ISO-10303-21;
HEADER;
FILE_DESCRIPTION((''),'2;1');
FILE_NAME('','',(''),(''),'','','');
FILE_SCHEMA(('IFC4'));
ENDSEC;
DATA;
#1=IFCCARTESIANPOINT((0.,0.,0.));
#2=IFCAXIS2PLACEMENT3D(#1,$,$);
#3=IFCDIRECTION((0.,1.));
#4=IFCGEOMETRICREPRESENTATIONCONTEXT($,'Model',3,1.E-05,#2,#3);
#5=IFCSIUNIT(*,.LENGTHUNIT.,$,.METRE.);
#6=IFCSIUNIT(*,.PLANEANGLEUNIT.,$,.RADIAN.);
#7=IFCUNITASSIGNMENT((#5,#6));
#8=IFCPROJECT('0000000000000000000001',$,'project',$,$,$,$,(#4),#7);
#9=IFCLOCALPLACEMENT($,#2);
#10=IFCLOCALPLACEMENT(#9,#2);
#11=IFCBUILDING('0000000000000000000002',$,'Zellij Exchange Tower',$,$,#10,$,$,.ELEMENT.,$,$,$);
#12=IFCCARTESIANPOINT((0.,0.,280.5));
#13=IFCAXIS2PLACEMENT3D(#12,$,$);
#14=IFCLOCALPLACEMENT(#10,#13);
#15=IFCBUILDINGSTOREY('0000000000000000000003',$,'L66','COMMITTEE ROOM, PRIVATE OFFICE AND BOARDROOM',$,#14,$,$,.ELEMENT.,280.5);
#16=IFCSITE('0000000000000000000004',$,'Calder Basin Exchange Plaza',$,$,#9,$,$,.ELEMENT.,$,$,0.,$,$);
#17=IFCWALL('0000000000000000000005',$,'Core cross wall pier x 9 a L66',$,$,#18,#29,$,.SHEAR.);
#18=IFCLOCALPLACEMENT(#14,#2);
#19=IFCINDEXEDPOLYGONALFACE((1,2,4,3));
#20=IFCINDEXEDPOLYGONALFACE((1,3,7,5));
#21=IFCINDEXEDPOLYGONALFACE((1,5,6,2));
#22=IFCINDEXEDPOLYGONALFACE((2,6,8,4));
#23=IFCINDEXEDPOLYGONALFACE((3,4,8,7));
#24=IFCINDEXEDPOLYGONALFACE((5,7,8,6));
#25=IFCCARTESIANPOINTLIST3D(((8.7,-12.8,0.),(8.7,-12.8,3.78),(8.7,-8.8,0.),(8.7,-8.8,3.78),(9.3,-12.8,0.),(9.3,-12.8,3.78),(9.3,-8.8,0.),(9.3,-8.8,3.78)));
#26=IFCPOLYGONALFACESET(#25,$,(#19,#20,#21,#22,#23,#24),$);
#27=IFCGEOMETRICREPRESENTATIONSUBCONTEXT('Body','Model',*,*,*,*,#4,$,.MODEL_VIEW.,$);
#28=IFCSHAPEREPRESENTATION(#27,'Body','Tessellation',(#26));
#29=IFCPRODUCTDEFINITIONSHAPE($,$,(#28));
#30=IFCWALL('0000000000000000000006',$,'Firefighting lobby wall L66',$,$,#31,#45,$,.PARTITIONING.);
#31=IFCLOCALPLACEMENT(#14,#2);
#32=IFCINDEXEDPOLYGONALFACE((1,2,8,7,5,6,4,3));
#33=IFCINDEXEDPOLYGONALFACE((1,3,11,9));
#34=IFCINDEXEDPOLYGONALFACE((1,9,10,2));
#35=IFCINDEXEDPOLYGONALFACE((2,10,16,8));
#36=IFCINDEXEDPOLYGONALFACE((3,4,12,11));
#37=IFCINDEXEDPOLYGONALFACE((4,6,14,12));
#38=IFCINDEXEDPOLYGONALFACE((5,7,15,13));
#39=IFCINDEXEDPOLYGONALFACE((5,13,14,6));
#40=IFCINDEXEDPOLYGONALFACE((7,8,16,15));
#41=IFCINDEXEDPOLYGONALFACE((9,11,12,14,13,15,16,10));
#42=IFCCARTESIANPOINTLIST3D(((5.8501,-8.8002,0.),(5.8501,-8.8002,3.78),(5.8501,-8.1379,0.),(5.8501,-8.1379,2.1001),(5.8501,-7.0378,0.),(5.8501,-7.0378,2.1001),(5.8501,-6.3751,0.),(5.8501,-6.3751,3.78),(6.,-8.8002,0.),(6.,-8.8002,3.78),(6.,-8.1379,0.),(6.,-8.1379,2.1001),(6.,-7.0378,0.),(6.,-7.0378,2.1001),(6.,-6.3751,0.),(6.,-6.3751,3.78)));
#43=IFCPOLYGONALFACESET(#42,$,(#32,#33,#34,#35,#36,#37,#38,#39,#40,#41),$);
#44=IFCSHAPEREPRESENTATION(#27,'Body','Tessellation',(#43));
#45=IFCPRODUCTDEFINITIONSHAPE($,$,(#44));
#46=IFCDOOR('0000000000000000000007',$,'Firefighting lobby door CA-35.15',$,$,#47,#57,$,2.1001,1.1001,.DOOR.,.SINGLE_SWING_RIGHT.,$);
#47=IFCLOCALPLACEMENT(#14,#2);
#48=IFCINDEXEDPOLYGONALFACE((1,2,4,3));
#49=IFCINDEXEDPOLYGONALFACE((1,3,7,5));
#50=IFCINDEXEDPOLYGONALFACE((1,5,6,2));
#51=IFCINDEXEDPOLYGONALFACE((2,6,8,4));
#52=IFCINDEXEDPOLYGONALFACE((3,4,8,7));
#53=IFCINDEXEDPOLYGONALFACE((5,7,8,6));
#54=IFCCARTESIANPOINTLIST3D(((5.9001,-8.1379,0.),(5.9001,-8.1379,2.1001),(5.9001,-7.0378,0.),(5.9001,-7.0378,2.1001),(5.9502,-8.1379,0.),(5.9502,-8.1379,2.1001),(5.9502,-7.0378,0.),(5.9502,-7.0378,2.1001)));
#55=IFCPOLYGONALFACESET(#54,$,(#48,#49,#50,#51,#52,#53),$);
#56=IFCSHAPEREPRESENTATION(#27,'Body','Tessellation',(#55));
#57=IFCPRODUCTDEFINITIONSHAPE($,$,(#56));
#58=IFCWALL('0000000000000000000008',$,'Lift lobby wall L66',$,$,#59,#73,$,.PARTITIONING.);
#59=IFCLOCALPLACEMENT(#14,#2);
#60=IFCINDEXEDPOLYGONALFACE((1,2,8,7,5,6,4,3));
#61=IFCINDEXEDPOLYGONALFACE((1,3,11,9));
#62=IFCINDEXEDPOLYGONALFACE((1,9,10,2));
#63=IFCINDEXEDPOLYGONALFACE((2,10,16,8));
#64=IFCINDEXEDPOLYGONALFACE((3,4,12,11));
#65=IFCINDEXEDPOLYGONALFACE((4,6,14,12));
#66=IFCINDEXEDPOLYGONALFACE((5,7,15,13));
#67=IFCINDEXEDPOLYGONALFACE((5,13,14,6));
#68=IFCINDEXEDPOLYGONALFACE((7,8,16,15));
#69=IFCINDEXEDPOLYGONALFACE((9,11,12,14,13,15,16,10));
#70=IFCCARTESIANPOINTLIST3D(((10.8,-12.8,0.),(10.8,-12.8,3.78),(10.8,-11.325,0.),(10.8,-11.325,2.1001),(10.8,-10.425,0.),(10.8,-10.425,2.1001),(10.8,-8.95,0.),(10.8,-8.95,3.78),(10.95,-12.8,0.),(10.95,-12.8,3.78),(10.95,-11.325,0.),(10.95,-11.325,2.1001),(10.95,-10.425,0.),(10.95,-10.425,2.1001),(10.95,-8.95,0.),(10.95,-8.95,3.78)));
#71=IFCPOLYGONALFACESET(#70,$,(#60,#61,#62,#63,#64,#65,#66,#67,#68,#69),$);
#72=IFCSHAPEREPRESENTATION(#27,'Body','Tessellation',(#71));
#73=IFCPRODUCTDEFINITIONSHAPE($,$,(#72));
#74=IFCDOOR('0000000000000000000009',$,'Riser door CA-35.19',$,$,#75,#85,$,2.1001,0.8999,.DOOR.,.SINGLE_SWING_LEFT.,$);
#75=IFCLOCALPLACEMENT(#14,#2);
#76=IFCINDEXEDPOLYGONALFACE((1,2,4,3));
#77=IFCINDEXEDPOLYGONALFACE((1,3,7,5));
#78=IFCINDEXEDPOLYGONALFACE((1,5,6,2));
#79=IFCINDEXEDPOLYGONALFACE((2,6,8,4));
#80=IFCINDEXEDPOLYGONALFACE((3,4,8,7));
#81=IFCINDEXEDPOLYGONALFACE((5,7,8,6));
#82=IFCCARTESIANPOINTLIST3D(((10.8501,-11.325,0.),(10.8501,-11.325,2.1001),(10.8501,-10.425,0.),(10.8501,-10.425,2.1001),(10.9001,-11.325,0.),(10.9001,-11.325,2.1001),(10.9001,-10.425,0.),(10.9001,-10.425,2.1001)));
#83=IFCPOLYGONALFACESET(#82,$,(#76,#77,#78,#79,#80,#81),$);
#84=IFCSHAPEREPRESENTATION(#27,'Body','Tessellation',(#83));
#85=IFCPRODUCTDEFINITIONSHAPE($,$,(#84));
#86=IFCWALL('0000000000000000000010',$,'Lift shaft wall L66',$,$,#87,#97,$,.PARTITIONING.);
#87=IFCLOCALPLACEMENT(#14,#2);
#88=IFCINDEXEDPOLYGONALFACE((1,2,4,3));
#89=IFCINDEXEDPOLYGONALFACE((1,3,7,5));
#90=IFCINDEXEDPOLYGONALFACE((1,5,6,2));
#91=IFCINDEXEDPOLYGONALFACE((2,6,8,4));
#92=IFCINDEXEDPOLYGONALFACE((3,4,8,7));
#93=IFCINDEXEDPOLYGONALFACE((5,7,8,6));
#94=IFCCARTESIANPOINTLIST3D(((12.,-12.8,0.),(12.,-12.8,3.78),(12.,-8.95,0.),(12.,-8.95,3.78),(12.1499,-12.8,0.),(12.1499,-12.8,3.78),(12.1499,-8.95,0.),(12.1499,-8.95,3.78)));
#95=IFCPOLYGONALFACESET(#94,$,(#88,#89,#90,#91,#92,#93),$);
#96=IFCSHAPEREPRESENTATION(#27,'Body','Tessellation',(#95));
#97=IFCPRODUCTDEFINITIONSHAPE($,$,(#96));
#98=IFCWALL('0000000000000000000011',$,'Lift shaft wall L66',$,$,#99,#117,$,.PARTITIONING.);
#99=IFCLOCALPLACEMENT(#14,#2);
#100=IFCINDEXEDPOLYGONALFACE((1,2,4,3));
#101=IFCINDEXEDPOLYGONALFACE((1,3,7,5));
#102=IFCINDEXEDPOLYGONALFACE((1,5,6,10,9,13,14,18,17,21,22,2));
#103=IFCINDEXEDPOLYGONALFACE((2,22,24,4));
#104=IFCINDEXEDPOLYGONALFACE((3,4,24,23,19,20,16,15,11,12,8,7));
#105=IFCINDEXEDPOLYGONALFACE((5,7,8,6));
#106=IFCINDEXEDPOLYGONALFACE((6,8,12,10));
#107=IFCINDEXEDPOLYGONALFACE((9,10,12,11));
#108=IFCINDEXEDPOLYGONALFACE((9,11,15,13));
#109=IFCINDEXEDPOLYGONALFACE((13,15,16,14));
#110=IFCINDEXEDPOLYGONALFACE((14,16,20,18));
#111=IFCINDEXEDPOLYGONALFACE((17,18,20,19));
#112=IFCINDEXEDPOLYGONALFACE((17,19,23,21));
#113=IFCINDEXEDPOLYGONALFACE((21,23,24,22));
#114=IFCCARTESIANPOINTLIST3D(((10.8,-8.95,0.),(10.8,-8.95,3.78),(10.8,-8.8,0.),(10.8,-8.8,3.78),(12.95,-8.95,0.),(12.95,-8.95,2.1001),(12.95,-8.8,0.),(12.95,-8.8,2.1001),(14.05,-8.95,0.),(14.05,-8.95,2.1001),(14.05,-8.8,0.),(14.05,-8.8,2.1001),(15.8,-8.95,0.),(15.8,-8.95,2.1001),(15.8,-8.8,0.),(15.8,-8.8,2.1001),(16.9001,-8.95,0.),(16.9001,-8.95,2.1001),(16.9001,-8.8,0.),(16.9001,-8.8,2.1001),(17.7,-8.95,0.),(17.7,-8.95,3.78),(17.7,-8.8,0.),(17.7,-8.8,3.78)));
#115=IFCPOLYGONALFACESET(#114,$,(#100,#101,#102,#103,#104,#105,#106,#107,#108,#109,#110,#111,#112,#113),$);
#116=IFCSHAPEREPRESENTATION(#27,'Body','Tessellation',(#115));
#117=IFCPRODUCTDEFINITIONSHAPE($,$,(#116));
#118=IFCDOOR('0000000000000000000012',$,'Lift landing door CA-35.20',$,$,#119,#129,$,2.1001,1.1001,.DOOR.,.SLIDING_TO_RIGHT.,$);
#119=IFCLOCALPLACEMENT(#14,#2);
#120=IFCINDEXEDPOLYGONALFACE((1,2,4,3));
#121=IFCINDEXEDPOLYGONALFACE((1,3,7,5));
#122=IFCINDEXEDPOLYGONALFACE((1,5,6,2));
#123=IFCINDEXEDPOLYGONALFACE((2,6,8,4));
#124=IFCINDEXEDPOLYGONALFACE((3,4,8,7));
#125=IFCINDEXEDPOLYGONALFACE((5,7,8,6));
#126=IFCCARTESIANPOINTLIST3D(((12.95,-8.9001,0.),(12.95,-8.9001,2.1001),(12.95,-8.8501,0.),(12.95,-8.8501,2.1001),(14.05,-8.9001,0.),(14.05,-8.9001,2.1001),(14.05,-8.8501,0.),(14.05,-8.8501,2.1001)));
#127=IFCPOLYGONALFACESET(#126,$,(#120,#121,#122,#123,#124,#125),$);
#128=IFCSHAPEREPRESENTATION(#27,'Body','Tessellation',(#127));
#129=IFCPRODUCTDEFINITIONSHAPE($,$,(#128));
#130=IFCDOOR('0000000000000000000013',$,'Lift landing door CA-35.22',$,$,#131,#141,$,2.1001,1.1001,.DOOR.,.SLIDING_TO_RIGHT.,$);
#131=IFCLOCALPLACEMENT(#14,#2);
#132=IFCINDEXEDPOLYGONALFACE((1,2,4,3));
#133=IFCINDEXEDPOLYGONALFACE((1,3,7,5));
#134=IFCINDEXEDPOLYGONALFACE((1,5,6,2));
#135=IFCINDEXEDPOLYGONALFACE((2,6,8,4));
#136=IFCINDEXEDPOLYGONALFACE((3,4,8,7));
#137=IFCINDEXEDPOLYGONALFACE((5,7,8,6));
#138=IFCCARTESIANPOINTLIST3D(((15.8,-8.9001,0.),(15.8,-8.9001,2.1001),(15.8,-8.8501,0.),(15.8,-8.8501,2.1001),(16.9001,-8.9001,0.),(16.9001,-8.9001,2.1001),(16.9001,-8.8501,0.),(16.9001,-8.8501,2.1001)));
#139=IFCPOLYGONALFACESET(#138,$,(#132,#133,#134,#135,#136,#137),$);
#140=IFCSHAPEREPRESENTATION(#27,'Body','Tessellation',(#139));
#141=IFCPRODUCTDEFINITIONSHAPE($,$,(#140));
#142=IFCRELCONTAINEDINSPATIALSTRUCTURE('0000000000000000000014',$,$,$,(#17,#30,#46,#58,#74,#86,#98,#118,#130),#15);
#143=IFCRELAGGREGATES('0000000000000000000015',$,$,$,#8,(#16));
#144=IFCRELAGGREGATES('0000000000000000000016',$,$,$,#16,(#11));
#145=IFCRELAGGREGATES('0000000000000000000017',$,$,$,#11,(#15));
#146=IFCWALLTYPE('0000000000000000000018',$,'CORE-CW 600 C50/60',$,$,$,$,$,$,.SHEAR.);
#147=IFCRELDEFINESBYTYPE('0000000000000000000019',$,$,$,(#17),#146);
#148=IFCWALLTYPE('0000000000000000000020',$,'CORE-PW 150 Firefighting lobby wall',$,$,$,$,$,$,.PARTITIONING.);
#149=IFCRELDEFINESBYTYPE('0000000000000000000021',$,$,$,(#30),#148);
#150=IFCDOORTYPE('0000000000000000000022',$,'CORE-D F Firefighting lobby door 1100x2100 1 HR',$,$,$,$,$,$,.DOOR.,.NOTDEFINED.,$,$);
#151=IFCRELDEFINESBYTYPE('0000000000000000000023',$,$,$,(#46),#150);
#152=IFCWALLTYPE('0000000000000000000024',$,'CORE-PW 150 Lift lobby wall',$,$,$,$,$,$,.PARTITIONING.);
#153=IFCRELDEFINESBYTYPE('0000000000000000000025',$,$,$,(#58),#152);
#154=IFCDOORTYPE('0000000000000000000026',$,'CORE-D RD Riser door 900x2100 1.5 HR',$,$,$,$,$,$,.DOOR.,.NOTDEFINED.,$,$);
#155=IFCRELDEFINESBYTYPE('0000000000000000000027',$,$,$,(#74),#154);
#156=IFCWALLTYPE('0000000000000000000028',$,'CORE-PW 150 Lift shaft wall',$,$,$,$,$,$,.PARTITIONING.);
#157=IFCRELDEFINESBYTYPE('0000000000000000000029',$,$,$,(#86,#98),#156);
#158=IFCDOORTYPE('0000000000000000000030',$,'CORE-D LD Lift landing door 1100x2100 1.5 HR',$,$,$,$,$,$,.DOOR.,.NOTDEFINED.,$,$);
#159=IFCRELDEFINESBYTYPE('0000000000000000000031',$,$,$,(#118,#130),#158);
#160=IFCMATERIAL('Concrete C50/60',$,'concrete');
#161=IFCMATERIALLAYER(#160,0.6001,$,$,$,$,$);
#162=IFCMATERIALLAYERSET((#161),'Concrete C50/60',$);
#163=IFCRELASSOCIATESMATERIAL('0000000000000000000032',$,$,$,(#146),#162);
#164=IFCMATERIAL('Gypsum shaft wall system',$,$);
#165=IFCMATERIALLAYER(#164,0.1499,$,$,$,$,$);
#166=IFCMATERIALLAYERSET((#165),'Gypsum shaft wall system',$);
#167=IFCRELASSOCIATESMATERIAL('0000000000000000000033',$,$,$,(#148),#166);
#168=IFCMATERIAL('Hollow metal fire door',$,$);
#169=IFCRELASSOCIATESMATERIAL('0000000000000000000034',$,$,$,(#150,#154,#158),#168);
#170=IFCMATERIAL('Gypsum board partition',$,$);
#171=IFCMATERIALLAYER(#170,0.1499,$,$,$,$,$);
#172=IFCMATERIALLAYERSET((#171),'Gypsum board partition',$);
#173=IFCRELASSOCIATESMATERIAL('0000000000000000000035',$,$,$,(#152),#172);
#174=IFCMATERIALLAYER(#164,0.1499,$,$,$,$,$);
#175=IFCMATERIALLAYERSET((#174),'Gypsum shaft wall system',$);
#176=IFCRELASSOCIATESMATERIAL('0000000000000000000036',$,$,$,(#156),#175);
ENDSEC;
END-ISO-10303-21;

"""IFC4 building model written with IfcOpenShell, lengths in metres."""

from ifc_helpers import new_model, si_unit, direction, frame, frame_2d, origin, place, context, subcontext, project, spatial, rectangle, extrude, material, layer, layer_set, type_object, element, fill, save


model = new_model("IFC4")

# Units and contexts
model_context = context("Model", 3, precision=1e-05, world=origin(), true_north=direction((0.0, 1.0)))
body_context = subcontext(model_context, "Body", "Model", "MODEL_VIEW")
ifc_project = project(units=[si_unit("LENGTHUNIT", "METRE"), si_unit("PLANEANGLEUNIT", "RADIAN")], contexts=[model_context])

# Site, building, storey
site_placement = place(None, origin())
site = spatial("IfcSite", under=ifc_project, at=site_placement, Name="Calder Basin Exchange Plaza", CompositionType="ELEMENT", RefElevation=0.0)
building_placement = place(site_placement, origin())
building = spatial("IfcBuilding", under=site, at=building_placement, Name="Zellij Exchange Tower", CompositionType="ELEMENT")
storey_placement = place(building_placement, frame((0.0, 0.0, 280.5)))
storey = spatial("IfcBuildingStorey", under=building, at=storey_placement, Name="L66", Description="COMMITTEE ROOM, PRIVATE OFFICE AND BOARDROOM", CompositionType="ELEMENT", Elevation=280.5)

# Wall
ifc_material_1 = material(Name="Concrete C50/60", Category="concrete")
ifc_layer_1 = layer(ifc_material_1, 0.6001)
ifc_layer_set_1 = layer_set([ifc_layer_1], Name="Concrete C50/60")
wall_type_1 = type_object("IfcWallType", Name="CORE-CW 600 C50/60", PredefinedType="SHEAR", material=ifc_layer_set_1)
wall_1_placement = place(storey_placement, frame((9.0, -12.8, 0.0), z_axis=(0.0, 0.0, 1.0), x_axis=(0.0, 1.0, 0.0)))
element("IfcWall", 1, at=wall_1_placement, inside=storey, type_object=wall_type_1, Name="Core cross wall pier x 9 a L66", PredefinedType="SHEAR", context=body_context, shape_type="SweptSolid", body=[
    extrude(rectangle(XDim=4.0, YDim=0.6001, at=frame_2d((2.0, 0.0))), origin(), (0.0, 0.0, 1.0), 3.78),
])

# Walls, openings, doors
ifc_material_2 = material(Name="Gypsum shaft wall system")
ifc_layer_2 = layer(ifc_material_2, 0.1499)
ifc_layer_set_2 = layer_set([ifc_layer_2], Name="Gypsum shaft wall system")
wall_type_2 = type_object("IfcWallType", Name="CORE-PW 150 Firefighting lobby wall", PredefinedType="PARTITIONING", material=ifc_layer_set_2)
wall_2_placement = place(storey_placement, frame((5.925, -8.8, 0.0), z_axis=(0.0, 0.0, 1.0), x_axis=(0.0, 1.0, 0.0)))
wall_2 = element("IfcWall", 2, at=wall_2_placement, inside=storey, type_object=wall_type_2, Name="Firefighting lobby wall L66", PredefinedType="PARTITIONING", context=body_context, shape_type="SweptSolid", body=[
    extrude(rectangle(XDim=2.425, YDim=0.1499, at=frame_2d((1.2124, 0.0))), origin(), (0.0, 0.0, 1.0), 3.78),
])
opening_1_placement = place(wall_2_placement, frame((0.6621, 0.0, 0.0)))
opening_1 = element("IfcOpeningElement", 3, at=opening_1_placement, cuts=wall_2, PredefinedType="OPENING", context=body_context, shape_type="SweptSolid", body=[
    extrude(rectangle(XDim=1.1001, YDim=2.1001, at=frame_2d((0.55, 1.05))), frame((0.0, 0.0869, 0.0), z_axis=(0.0, -1.0, 0.0), x_axis=(1.0, 0.0, 0.0)), (0.0, 0.0, 1.0), 0.1738),
])
ifc_material_3 = material(Name="Hollow metal fire door")
door_type_1 = type_object("IfcDoorType", Name="CORE-D F Firefighting lobby door 1100x2100 1 HR", OperationType="NOTDEFINED", PredefinedType="DOOR", material=ifc_material_3)
door_1_placement = place(opening_1_placement, origin())
door_1 = element("IfcDoor", 4, at=door_1_placement, inside=storey, type_object=door_type_1, Name="Firefighting lobby door CA-35.15", OperationType="SINGLE_SWING_RIGHT", OverallHeight=2.1001, OverallWidth=1.1001, PredefinedType="DOOR", context=body_context, shape_type="SweptSolid", body=[
    extrude(rectangle(XDim=1.1001, YDim=2.1001, at=frame_2d((0.55, 1.05))), frame((0.0, 0.0249, 0.0), z_axis=(0.0, -1.0, 0.0), x_axis=(1.0, 0.0, 0.0)), (0.0, 0.0, 1.0), 0.05),
])
fill(opening_1, door_1)
ifc_material_4 = material(Name="Gypsum board partition")
ifc_layer_3 = layer(ifc_material_4, 0.1499)
ifc_layer_set_3 = layer_set([ifc_layer_3], Name="Gypsum board partition")
wall_type_3 = type_object("IfcWallType", Name="CORE-PW 150 Lift lobby wall", PredefinedType="PARTITIONING", material=ifc_layer_set_3)
wall_3_placement = place(storey_placement, frame((10.875, -12.8, 0.0), z_axis=(0.0, 0.0, 1.0), x_axis=(0.0, 1.0, 0.0)))
wall_3 = element("IfcWall", 5, at=wall_3_placement, inside=storey, type_object=wall_type_3, Name="Lift lobby wall L66", PredefinedType="PARTITIONING", context=body_context, shape_type="SweptSolid", body=[
    extrude(rectangle(XDim=3.8501, YDim=0.1499, at=frame_2d((1.925, 0.0))), origin(), (0.0, 0.0, 1.0), 3.78),
])
opening_2_placement = place(wall_3_placement, frame((1.4751, 0.0, 0.0)))
opening_2 = element("IfcOpeningElement", 6, at=opening_2_placement, cuts=wall_3, PredefinedType="OPENING", context=body_context, shape_type="SweptSolid", body=[
    extrude(rectangle(XDim=0.8999, YDim=2.1001, at=frame_2d((0.45, 1.05))), frame((0.0, 0.0869, 0.0), z_axis=(0.0, -1.0, 0.0), x_axis=(1.0, 0.0, 0.0)), (0.0, 0.0, 1.0), 0.1738),
])
door_type_2 = type_object("IfcDoorType", Name="CORE-D RD Riser door 900x2100 1.5 HR", OperationType="NOTDEFINED", PredefinedType="DOOR", material=ifc_material_3)
door_2_placement = place(opening_2_placement, origin())
door_2 = element("IfcDoor", 7, at=door_2_placement, inside=storey, type_object=door_type_2, Name="Riser door CA-35.19", OperationType="SINGLE_SWING_LEFT", OverallHeight=2.1001, OverallWidth=0.8999, PredefinedType="DOOR", context=body_context, shape_type="SweptSolid", body=[
    extrude(rectangle(XDim=0.8999, YDim=2.1001, at=frame_2d((0.45, 1.05))), frame((0.0, 0.0249, 0.0), z_axis=(0.0, -1.0, 0.0), x_axis=(1.0, 0.0, 0.0)), (0.0, 0.0, 1.0), 0.05),
])
fill(opening_2, door_2)

# Wall
ifc_layer_4 = layer(ifc_material_2, 0.1499)
ifc_layer_set_4 = layer_set([ifc_layer_4], Name="Gypsum shaft wall system")
wall_type_4 = type_object("IfcWallType", Name="CORE-PW 150 Lift shaft wall", PredefinedType="PARTITIONING", material=ifc_layer_set_4)
wall_4_placement = place(storey_placement, frame((12.075, -12.8, 0.0), z_axis=(0.0, 0.0, 1.0), x_axis=(0.0, 1.0, 0.0)))
element("IfcWall", 8, at=wall_4_placement, inside=storey, type_object=wall_type_4, Name="Lift shaft wall L66", PredefinedType="PARTITIONING", context=body_context, shape_type="SweptSolid", body=[
    extrude(rectangle(XDim=3.8501, YDim=0.1499, at=frame_2d((1.925, 0.0))), origin(), (0.0, 0.0, 1.0), 3.78),
])

# Wall, openings, doors
wall_5_placement = place(storey_placement, frame((10.8, -8.875, 0.0), z_axis=(0.0, 0.0, 1.0), x_axis=(1.0, 0.0, 0.0)))
wall_5 = element("IfcWall", 9, at=wall_5_placement, inside=storey, type_object=wall_type_4, Name="Lift shaft wall L66", PredefinedType="PARTITIONING", context=body_context, shape_type="SweptSolid", body=[
    extrude(rectangle(XDim=6.8999, YDim=0.1499, at=frame_2d((3.45, 0.0))), origin(), (0.0, 0.0, 1.0), 3.78),
])
opening_3_placement = place(wall_5_placement, frame((2.1499, 0.0, 0.0)))
opening_3 = element("IfcOpeningElement", 10, at=opening_3_placement, cuts=wall_5, PredefinedType="OPENING", context=body_context, shape_type="SweptSolid", body=[
    extrude(rectangle(XDim=1.1001, YDim=2.1001, at=frame_2d((0.55, 1.05))), frame((0.0, 0.0869, 0.0), z_axis=(0.0, -1.0, 0.0), x_axis=(1.0, 0.0, 0.0)), (0.0, 0.0, 1.0), 0.1738),
])
opening_4_placement = place(wall_5_placement, frame((5.0, 0.0, 0.0)))
opening_4 = element("IfcOpeningElement", 11, at=opening_4_placement, cuts=wall_5, PredefinedType="OPENING", context=body_context, shape_type="SweptSolid", body=[
    extrude(rectangle(XDim=1.1001, YDim=2.1001, at=frame_2d((0.55, 1.05))), frame((0.0, 0.0869, 0.0), z_axis=(0.0, -1.0, 0.0), x_axis=(1.0, 0.0, 0.0)), (0.0, 0.0, 1.0), 0.1738),
])
door_type_3 = type_object("IfcDoorType", Name="CORE-D LD Lift landing door 1100x2100 1.5 HR", OperationType="NOTDEFINED", PredefinedType="DOOR", material=ifc_material_3)
door_3_placement = place(opening_3_placement, origin())
door_3 = element("IfcDoor", 12, at=door_3_placement, inside=storey, type_object=door_type_3, Name="Lift landing door CA-35.20", OperationType="SLIDING_TO_RIGHT", OverallHeight=2.1001, OverallWidth=1.1001, PredefinedType="DOOR", context=body_context, shape_type="SweptSolid", body=[
    extrude(rectangle(XDim=1.1001, YDim=2.1001, at=frame_2d((0.55, 1.05))), frame((0.0, 0.0249, 0.0), z_axis=(0.0, -1.0, 0.0), x_axis=(1.0, 0.0, 0.0)), (0.0, 0.0, 1.0), 0.05),
])
fill(opening_3, door_3)
door_4_placement = place(opening_4_placement, origin())
door_4 = element("IfcDoor", 13, at=door_4_placement, inside=storey, type_object=door_type_3, Name="Lift landing door CA-35.22", OperationType="SLIDING_TO_RIGHT", OverallHeight=2.1001, OverallWidth=1.1001, PredefinedType="DOOR", context=body_context, shape_type="SweptSolid", body=[
    extrude(rectangle(XDim=1.1001, YDim=2.1001, at=frame_2d((0.55, 1.05))), frame((0.0, 0.0249, 0.0), z_axis=(0.0, -1.0, 0.0), x_axis=(1.0, 0.0, 0.0)), (0.0, 0.0, 1.0), 0.05),
])
fill(opening_4, door_4)

save(model, "model.ifc")
